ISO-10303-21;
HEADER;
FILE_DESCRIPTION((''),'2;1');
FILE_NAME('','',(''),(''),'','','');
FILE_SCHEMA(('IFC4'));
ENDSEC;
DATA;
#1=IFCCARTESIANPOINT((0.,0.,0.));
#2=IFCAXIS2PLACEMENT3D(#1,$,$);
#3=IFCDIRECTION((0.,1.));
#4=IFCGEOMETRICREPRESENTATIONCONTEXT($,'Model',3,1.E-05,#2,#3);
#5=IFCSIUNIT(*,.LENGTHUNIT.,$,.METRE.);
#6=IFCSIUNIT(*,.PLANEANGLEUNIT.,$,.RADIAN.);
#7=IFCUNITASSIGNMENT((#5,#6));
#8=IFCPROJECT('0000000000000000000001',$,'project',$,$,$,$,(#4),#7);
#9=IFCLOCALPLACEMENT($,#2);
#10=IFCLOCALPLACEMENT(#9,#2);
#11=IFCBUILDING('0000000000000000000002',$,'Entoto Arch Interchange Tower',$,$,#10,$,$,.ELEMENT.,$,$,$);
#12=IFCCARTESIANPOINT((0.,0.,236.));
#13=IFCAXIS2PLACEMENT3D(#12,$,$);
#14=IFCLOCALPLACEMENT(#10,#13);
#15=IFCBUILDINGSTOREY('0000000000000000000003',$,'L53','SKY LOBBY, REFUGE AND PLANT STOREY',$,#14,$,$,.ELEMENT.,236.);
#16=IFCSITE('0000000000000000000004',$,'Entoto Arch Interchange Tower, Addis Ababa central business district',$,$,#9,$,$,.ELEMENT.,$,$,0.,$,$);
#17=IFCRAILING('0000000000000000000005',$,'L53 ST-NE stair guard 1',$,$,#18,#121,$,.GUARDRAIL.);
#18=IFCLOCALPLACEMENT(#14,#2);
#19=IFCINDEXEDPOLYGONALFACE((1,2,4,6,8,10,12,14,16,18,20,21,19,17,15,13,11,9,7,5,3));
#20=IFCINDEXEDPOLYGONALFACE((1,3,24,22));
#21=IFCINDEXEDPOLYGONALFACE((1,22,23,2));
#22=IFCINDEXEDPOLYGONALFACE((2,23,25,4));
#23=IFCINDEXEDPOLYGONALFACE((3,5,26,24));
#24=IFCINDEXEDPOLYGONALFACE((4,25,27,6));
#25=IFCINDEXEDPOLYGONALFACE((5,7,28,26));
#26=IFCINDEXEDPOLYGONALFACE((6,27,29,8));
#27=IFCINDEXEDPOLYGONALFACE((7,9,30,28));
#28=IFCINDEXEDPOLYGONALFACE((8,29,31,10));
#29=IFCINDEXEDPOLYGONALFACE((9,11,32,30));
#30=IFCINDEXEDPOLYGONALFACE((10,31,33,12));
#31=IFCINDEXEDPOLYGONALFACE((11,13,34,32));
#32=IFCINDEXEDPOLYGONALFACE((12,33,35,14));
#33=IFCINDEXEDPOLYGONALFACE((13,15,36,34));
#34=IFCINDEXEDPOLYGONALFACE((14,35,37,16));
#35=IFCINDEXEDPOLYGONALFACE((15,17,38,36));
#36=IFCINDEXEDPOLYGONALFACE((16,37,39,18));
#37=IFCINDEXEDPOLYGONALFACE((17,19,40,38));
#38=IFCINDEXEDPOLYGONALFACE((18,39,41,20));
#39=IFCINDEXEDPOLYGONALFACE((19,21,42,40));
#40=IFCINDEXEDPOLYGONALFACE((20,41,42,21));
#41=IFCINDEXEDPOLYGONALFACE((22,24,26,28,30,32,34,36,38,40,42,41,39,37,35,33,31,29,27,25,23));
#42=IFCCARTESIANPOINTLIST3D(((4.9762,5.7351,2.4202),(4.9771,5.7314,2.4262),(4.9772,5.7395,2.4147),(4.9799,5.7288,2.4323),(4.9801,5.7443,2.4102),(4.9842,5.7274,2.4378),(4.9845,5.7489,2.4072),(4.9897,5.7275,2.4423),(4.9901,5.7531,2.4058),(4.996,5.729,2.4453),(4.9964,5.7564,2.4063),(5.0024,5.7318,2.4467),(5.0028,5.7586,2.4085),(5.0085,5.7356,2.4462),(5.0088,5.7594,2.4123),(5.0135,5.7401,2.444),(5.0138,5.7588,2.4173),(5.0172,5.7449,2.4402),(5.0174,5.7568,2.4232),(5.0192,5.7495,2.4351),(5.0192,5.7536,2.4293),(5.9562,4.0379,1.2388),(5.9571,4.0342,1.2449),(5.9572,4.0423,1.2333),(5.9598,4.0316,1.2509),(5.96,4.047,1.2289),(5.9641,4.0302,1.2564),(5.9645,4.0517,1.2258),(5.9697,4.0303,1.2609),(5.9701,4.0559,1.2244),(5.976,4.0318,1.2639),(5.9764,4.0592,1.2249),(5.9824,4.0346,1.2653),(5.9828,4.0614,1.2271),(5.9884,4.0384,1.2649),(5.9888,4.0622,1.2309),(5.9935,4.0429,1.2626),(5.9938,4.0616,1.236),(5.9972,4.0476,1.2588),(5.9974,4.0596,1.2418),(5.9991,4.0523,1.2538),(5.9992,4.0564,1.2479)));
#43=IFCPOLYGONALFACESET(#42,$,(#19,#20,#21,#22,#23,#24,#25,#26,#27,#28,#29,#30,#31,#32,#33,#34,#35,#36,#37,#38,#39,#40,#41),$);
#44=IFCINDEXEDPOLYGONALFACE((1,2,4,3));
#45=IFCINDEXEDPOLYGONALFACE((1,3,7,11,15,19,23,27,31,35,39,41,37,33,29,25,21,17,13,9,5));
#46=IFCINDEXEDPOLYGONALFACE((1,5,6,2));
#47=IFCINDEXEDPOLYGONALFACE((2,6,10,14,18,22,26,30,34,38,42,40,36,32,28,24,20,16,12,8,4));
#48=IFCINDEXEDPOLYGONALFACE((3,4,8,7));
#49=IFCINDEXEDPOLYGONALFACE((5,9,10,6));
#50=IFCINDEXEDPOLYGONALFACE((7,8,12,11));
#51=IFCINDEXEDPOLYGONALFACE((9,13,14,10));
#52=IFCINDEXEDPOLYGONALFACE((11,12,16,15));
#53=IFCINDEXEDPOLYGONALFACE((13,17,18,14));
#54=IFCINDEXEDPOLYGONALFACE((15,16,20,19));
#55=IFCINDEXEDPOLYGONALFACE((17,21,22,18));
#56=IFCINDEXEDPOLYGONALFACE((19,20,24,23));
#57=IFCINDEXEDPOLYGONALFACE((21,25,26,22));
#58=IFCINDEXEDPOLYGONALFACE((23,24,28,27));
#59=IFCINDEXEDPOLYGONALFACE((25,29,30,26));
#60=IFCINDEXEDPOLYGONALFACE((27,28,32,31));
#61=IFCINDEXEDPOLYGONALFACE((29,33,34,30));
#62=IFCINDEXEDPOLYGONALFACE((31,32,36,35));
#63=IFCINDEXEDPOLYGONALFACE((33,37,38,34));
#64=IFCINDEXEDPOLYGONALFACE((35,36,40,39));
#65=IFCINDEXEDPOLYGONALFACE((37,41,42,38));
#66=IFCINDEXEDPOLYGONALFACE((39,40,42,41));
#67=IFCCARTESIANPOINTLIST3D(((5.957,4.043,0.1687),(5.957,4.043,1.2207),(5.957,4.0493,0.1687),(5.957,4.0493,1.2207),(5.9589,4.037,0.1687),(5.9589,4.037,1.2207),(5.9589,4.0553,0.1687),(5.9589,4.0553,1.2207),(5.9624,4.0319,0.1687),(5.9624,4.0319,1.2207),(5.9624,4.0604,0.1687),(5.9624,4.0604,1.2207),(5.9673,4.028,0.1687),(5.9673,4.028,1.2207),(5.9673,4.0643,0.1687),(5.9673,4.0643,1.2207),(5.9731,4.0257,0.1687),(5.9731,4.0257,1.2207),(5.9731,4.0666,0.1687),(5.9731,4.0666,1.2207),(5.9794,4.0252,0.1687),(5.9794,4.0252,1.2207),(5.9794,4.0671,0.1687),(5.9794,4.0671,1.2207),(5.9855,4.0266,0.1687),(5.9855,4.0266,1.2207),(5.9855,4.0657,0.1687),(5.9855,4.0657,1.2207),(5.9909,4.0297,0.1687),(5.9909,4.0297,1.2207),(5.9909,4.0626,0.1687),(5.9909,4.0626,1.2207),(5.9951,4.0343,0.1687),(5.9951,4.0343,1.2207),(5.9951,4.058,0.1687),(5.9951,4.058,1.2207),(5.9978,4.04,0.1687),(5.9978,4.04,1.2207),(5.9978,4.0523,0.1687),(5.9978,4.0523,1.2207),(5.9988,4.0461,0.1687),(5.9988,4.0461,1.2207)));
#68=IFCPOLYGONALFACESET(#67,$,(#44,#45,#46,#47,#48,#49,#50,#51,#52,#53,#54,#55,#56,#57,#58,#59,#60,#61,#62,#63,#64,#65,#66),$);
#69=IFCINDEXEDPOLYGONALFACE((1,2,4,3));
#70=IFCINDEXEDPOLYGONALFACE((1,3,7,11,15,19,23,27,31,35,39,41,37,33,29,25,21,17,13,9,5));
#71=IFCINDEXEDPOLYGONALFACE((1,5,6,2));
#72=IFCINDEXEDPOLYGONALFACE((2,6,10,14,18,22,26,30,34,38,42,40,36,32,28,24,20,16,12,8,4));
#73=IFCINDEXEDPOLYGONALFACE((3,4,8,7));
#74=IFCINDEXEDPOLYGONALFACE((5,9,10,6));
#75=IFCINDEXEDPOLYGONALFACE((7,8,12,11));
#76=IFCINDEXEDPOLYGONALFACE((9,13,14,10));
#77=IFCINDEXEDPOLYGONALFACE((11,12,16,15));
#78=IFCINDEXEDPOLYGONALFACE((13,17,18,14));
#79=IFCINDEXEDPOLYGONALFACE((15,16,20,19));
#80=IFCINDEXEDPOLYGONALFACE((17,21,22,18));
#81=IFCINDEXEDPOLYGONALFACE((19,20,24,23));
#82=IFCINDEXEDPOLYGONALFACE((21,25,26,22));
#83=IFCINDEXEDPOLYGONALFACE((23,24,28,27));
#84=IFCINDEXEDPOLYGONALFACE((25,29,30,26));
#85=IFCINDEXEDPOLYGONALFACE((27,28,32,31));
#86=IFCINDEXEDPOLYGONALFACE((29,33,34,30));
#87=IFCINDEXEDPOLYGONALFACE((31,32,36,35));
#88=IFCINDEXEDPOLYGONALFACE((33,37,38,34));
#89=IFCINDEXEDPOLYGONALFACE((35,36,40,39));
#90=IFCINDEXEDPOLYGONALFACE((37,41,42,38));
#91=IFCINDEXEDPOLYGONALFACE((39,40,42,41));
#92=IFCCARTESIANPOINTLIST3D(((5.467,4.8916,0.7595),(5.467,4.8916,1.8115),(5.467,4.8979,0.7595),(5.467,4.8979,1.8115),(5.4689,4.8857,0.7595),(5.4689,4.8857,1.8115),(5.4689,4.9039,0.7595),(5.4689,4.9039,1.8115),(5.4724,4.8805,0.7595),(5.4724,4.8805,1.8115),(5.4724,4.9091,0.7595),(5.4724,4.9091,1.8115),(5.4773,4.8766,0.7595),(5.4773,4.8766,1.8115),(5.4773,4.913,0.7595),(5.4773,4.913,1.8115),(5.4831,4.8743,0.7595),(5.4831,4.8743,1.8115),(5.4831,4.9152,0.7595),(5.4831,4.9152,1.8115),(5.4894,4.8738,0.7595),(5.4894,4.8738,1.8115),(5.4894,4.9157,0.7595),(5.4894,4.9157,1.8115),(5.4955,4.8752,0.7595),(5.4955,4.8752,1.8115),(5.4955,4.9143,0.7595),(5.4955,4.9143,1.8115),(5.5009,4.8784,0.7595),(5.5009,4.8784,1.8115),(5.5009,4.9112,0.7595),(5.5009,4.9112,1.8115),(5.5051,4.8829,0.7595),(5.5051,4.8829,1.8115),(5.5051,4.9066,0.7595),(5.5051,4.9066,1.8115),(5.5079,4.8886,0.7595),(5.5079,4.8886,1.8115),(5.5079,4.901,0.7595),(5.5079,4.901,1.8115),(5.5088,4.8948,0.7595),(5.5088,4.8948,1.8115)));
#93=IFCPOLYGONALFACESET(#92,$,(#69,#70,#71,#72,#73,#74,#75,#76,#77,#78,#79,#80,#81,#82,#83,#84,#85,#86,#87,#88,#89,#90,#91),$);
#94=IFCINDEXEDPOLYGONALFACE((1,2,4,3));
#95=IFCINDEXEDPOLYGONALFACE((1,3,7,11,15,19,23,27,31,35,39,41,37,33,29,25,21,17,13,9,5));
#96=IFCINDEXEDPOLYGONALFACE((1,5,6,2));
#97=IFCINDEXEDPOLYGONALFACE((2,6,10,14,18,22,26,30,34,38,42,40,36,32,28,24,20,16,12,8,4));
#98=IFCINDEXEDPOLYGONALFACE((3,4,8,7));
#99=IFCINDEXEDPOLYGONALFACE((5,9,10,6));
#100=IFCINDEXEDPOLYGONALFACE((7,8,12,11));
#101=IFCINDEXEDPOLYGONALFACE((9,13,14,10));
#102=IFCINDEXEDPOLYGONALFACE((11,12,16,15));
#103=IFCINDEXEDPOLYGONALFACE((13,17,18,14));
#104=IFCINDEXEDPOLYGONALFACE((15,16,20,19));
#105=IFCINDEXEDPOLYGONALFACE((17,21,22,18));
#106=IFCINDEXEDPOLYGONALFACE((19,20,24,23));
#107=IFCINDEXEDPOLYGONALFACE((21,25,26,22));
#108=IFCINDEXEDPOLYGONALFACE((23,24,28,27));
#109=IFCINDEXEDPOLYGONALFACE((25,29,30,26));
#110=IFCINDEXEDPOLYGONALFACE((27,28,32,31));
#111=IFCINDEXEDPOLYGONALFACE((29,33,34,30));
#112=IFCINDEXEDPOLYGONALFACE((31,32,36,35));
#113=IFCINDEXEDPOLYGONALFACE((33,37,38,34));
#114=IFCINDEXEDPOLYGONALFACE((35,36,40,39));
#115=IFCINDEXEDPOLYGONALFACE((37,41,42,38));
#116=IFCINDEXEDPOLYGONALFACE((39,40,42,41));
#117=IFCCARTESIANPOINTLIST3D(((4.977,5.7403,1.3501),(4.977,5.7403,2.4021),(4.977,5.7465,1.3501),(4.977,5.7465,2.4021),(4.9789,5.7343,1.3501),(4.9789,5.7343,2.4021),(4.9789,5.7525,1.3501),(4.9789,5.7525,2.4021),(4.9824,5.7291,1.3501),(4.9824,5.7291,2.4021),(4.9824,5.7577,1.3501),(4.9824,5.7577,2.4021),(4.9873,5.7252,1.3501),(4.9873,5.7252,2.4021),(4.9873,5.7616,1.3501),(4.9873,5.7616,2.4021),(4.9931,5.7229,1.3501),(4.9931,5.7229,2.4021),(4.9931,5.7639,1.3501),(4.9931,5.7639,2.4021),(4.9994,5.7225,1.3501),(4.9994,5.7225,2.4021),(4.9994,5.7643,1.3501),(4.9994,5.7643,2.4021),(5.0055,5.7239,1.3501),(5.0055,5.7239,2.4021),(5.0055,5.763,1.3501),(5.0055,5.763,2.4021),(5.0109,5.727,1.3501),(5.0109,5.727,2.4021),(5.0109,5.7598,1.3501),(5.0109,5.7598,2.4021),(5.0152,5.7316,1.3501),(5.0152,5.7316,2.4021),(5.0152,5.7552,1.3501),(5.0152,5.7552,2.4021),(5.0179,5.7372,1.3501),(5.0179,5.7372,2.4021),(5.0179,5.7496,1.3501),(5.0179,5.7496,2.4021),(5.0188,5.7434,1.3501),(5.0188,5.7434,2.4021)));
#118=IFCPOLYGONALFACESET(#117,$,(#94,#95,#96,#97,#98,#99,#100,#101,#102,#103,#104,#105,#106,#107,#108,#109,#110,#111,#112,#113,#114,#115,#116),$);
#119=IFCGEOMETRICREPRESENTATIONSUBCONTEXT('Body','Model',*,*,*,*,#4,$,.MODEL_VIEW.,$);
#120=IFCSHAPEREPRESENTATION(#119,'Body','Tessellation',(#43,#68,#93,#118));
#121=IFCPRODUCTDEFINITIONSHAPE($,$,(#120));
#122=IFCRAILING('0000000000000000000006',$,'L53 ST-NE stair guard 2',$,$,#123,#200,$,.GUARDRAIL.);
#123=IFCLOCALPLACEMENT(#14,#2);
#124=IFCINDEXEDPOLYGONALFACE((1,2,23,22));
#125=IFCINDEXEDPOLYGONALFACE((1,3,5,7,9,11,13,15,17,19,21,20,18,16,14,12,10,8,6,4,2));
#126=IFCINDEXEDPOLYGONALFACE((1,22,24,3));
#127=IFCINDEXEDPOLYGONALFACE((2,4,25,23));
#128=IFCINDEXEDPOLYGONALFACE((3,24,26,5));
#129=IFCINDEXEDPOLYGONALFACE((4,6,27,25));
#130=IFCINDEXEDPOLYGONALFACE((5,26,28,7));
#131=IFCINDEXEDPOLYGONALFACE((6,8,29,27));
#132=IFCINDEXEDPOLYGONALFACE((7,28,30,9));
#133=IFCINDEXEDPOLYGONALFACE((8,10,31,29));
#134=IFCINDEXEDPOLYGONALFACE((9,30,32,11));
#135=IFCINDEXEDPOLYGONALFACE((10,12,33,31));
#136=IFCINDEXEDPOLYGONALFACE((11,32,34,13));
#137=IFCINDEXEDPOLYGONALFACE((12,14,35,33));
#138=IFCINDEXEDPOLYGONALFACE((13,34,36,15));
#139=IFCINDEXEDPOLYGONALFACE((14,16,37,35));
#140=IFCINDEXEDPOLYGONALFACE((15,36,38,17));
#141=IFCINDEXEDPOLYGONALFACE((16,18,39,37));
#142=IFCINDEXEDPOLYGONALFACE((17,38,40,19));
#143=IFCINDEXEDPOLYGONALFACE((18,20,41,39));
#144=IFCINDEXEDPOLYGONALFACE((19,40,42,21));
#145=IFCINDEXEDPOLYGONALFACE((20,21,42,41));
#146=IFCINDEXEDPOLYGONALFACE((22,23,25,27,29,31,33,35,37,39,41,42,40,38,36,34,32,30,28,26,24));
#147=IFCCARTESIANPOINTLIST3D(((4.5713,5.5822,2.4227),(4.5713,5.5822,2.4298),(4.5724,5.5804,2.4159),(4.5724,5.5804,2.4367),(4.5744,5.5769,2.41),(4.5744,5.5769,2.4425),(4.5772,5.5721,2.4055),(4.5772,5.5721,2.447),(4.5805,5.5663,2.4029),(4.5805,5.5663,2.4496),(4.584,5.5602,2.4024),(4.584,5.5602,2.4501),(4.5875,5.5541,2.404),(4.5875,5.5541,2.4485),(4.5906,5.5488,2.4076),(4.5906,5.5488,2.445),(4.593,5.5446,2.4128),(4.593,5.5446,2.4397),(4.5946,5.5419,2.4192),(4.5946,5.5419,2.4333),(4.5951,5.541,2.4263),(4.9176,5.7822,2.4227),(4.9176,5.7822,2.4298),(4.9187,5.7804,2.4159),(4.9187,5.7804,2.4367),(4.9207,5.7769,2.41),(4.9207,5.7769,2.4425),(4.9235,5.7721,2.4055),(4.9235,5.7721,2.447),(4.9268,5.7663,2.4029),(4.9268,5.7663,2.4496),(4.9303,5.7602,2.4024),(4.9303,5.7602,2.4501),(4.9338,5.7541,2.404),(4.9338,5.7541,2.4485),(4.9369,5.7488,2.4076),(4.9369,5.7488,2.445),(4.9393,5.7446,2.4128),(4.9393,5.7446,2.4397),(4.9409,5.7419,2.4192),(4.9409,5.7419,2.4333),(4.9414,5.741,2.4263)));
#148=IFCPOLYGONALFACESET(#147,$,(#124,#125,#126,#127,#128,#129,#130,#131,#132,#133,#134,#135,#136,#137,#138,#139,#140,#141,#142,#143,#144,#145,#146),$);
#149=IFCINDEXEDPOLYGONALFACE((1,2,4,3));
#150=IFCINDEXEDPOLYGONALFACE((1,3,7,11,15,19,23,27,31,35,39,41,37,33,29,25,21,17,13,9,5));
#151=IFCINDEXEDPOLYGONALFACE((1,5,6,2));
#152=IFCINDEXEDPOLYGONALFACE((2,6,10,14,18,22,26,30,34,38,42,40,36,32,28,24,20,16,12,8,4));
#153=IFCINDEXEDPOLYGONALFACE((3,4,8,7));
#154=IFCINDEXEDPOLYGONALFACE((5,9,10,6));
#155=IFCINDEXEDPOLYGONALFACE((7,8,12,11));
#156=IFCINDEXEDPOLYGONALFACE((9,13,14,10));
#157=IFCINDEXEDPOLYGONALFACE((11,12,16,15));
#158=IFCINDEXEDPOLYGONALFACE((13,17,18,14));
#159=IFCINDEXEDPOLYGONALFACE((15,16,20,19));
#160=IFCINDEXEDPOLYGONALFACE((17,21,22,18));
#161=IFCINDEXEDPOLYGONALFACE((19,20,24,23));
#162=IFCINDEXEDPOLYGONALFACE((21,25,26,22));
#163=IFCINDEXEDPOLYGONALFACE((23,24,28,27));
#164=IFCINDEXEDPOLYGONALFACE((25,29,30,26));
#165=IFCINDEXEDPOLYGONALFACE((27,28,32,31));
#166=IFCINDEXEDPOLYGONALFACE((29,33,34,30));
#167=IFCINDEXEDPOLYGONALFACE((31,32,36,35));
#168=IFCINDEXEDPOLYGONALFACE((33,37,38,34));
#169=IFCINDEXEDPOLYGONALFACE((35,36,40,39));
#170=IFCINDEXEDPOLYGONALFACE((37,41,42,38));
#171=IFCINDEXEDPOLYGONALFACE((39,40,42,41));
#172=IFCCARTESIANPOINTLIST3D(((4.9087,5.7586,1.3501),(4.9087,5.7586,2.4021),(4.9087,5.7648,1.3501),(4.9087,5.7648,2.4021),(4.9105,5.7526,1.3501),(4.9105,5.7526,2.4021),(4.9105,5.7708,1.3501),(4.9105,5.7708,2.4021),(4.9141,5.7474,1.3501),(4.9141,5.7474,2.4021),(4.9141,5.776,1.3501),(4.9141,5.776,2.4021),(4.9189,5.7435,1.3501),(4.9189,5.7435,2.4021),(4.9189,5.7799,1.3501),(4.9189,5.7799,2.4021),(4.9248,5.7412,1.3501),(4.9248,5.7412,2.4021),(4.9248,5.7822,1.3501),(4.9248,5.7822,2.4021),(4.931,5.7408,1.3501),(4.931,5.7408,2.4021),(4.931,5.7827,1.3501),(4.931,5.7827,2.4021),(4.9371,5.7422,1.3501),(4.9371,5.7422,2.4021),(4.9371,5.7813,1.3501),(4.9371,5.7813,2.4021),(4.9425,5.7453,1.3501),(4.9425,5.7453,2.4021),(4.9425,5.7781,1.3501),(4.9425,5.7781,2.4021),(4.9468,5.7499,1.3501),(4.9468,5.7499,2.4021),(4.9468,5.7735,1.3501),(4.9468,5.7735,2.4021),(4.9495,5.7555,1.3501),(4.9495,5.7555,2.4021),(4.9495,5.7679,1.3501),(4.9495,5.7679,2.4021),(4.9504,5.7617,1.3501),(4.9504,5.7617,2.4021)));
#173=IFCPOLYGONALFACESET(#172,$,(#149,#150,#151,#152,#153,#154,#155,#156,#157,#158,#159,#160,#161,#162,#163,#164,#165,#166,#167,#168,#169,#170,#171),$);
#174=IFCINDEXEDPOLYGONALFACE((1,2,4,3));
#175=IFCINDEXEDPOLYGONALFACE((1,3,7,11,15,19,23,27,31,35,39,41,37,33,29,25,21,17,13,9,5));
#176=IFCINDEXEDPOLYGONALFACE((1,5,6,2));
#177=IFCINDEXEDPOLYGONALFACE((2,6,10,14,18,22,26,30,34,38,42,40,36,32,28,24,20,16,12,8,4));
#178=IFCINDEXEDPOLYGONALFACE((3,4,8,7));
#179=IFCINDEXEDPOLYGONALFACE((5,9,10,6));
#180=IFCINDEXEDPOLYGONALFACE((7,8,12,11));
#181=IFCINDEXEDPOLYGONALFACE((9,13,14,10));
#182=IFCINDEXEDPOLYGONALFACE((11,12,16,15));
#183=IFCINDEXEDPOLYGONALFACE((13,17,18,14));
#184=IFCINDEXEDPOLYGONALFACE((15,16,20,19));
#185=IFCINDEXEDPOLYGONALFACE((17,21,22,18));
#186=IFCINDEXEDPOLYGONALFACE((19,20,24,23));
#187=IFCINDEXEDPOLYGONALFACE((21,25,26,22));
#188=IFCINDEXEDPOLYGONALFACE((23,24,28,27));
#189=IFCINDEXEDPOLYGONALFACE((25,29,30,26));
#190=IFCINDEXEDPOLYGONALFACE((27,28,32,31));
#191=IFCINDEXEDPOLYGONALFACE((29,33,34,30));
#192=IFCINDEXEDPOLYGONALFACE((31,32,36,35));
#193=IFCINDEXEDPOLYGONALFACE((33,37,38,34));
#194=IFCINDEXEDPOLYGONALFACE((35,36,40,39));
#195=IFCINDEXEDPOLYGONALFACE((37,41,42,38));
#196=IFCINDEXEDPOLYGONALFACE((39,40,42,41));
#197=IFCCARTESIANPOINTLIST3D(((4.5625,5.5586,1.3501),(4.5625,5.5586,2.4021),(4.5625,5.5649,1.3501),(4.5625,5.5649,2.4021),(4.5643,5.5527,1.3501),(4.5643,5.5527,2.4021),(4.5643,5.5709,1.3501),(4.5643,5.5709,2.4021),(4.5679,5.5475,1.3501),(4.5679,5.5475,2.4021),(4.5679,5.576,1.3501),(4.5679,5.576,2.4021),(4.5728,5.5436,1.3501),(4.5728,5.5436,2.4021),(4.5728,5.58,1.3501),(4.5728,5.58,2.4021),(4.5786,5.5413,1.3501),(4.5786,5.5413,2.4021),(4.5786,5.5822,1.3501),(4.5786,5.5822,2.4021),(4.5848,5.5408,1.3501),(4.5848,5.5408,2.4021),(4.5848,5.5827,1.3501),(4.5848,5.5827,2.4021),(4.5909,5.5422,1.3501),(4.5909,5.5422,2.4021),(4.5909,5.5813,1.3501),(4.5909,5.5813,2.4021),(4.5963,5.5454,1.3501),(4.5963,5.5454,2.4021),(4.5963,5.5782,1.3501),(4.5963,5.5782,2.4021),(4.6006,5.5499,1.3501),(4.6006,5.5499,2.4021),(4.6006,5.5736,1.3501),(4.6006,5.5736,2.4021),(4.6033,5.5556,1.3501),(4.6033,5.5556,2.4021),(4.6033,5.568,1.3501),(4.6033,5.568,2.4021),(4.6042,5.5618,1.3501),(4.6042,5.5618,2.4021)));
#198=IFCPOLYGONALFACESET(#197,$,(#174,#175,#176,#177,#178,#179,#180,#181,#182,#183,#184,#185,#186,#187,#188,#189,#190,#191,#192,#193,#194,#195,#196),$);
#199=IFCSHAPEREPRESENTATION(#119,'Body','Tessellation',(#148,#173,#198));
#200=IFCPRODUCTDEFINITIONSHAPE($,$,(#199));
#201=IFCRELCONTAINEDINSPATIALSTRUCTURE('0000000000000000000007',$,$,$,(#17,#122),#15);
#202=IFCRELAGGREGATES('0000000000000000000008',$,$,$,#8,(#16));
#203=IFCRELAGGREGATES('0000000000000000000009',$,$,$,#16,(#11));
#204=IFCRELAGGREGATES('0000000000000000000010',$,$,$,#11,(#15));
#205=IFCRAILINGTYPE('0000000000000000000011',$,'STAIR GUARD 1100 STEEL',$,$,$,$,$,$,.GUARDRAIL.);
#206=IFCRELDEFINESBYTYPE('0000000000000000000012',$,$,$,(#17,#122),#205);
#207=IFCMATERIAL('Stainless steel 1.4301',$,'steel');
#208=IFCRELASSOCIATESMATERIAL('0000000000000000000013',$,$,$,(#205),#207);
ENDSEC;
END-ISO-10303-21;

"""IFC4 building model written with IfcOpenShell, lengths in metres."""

from ifc_helpers import new_model, si_unit, direction, frame, origin, origin_2d, place, context, subcontext, project, spatial, circle, extrude, material, type_object, element, save


model = new_model("IFC4")

# Units and contexts
model_context = context("Model", 3, precision=1e-05, world=origin(), true_north=direction((0.0, 1.0)))
body_context = subcontext(model_context, "Body", "Model", "MODEL_VIEW")
ifc_project = project(units=[si_unit("LENGTHUNIT", "METRE"), si_unit("PLANEANGLEUNIT", "RADIAN")], contexts=[model_context])

# Site, building, storey
site_placement = place(None, origin())
site = spatial("IfcSite", under=ifc_project, at=site_placement, Name="Entoto Arch Interchange Tower, Addis Ababa central business district", CompositionType="ELEMENT", RefElevation=0.0)
building_placement = place(site_placement, origin())
building = spatial("IfcBuilding", under=site, at=building_placement, Name="Entoto Arch Interchange Tower", CompositionType="ELEMENT")
storey_placement = place(building_placement, frame((0.0, 0.0, 236.0)))
storey = spatial("IfcBuildingStorey", under=building, at=storey_placement, Name="L53", Description="SKY LOBBY, REFUGE AND PLANT STOREY", CompositionType="ELEMENT", Elevation=236.0)

# Railings
ifc_material_1 = material(Name="Stainless steel 1.4301", Category="steel")
railing_type_1 = type_object("IfcRailingType", Name="STAIR GUARD 1100 STEEL", PredefinedType="GUARDRAIL", material=ifc_material_1)
railing_1_placement = place(storey_placement, frame((5.9778, 4.0461, 0.1687)))
element("IfcRailing", 1, at=railing_1_placement, inside=storey, type_object=railing_type_1, Name="L53 ST-NE stair guard 1", PredefinedType="GUARDRAIL", context=body_context, shape_type="SweptSolid", body=[
    extrude(circle(Radius=0.0239, at=origin_2d()), frame((0.0, 0.0, 1.0762), z_axis=(-0.428238, 0.741683, 0.516255), x_axis=(-0.866011, -0.500024, 0.0)), (0.0, 0.0, 1.0), 2.2883),
    extrude(circle(Radius=0.021, at=origin_2d()), origin(), (0.0, 0.0, 1.0), 1.052),
    extrude(circle(Radius=0.021, at=origin_2d()), frame((-0.49, 0.8486, 0.5908)), (0.0, 0.0, 1.0), 1.052),
    extrude(circle(Radius=0.021, at=origin_2d()), frame((-0.98, 1.6973, 1.1814)), (0.0, 0.0, 1.0), 1.052),
])
railing_2_placement = place(storey_placement, frame((4.9294, 5.7617, 1.3501)))
element("IfcRailing", 2, at=railing_2_placement, inside=storey, type_object=railing_type_1, Name="L53 ST-NE stair guard 2", PredefinedType="GUARDRAIL", context=body_context, shape_type="SweptSolid", body=[
    extrude(circle(Radius=0.0239, at=origin_2d()), frame((0.0, 0.0, 1.0762), z_axis=(-0.865941, -0.500145, 0.0), x_axis=(0.500145, -0.865941, 0.0)), (0.0, 0.0, 1.0), 0.3999),
    extrude(circle(Radius=0.021, at=origin_2d()), origin(), (0.0, 0.0, 1.0), 1.052),
    extrude(circle(Radius=0.021, at=origin_2d()), frame((-0.3462, -0.2, 0.0)), (0.0, 0.0, 1.0), 1.052),
])

save(model, "model.ifc")
